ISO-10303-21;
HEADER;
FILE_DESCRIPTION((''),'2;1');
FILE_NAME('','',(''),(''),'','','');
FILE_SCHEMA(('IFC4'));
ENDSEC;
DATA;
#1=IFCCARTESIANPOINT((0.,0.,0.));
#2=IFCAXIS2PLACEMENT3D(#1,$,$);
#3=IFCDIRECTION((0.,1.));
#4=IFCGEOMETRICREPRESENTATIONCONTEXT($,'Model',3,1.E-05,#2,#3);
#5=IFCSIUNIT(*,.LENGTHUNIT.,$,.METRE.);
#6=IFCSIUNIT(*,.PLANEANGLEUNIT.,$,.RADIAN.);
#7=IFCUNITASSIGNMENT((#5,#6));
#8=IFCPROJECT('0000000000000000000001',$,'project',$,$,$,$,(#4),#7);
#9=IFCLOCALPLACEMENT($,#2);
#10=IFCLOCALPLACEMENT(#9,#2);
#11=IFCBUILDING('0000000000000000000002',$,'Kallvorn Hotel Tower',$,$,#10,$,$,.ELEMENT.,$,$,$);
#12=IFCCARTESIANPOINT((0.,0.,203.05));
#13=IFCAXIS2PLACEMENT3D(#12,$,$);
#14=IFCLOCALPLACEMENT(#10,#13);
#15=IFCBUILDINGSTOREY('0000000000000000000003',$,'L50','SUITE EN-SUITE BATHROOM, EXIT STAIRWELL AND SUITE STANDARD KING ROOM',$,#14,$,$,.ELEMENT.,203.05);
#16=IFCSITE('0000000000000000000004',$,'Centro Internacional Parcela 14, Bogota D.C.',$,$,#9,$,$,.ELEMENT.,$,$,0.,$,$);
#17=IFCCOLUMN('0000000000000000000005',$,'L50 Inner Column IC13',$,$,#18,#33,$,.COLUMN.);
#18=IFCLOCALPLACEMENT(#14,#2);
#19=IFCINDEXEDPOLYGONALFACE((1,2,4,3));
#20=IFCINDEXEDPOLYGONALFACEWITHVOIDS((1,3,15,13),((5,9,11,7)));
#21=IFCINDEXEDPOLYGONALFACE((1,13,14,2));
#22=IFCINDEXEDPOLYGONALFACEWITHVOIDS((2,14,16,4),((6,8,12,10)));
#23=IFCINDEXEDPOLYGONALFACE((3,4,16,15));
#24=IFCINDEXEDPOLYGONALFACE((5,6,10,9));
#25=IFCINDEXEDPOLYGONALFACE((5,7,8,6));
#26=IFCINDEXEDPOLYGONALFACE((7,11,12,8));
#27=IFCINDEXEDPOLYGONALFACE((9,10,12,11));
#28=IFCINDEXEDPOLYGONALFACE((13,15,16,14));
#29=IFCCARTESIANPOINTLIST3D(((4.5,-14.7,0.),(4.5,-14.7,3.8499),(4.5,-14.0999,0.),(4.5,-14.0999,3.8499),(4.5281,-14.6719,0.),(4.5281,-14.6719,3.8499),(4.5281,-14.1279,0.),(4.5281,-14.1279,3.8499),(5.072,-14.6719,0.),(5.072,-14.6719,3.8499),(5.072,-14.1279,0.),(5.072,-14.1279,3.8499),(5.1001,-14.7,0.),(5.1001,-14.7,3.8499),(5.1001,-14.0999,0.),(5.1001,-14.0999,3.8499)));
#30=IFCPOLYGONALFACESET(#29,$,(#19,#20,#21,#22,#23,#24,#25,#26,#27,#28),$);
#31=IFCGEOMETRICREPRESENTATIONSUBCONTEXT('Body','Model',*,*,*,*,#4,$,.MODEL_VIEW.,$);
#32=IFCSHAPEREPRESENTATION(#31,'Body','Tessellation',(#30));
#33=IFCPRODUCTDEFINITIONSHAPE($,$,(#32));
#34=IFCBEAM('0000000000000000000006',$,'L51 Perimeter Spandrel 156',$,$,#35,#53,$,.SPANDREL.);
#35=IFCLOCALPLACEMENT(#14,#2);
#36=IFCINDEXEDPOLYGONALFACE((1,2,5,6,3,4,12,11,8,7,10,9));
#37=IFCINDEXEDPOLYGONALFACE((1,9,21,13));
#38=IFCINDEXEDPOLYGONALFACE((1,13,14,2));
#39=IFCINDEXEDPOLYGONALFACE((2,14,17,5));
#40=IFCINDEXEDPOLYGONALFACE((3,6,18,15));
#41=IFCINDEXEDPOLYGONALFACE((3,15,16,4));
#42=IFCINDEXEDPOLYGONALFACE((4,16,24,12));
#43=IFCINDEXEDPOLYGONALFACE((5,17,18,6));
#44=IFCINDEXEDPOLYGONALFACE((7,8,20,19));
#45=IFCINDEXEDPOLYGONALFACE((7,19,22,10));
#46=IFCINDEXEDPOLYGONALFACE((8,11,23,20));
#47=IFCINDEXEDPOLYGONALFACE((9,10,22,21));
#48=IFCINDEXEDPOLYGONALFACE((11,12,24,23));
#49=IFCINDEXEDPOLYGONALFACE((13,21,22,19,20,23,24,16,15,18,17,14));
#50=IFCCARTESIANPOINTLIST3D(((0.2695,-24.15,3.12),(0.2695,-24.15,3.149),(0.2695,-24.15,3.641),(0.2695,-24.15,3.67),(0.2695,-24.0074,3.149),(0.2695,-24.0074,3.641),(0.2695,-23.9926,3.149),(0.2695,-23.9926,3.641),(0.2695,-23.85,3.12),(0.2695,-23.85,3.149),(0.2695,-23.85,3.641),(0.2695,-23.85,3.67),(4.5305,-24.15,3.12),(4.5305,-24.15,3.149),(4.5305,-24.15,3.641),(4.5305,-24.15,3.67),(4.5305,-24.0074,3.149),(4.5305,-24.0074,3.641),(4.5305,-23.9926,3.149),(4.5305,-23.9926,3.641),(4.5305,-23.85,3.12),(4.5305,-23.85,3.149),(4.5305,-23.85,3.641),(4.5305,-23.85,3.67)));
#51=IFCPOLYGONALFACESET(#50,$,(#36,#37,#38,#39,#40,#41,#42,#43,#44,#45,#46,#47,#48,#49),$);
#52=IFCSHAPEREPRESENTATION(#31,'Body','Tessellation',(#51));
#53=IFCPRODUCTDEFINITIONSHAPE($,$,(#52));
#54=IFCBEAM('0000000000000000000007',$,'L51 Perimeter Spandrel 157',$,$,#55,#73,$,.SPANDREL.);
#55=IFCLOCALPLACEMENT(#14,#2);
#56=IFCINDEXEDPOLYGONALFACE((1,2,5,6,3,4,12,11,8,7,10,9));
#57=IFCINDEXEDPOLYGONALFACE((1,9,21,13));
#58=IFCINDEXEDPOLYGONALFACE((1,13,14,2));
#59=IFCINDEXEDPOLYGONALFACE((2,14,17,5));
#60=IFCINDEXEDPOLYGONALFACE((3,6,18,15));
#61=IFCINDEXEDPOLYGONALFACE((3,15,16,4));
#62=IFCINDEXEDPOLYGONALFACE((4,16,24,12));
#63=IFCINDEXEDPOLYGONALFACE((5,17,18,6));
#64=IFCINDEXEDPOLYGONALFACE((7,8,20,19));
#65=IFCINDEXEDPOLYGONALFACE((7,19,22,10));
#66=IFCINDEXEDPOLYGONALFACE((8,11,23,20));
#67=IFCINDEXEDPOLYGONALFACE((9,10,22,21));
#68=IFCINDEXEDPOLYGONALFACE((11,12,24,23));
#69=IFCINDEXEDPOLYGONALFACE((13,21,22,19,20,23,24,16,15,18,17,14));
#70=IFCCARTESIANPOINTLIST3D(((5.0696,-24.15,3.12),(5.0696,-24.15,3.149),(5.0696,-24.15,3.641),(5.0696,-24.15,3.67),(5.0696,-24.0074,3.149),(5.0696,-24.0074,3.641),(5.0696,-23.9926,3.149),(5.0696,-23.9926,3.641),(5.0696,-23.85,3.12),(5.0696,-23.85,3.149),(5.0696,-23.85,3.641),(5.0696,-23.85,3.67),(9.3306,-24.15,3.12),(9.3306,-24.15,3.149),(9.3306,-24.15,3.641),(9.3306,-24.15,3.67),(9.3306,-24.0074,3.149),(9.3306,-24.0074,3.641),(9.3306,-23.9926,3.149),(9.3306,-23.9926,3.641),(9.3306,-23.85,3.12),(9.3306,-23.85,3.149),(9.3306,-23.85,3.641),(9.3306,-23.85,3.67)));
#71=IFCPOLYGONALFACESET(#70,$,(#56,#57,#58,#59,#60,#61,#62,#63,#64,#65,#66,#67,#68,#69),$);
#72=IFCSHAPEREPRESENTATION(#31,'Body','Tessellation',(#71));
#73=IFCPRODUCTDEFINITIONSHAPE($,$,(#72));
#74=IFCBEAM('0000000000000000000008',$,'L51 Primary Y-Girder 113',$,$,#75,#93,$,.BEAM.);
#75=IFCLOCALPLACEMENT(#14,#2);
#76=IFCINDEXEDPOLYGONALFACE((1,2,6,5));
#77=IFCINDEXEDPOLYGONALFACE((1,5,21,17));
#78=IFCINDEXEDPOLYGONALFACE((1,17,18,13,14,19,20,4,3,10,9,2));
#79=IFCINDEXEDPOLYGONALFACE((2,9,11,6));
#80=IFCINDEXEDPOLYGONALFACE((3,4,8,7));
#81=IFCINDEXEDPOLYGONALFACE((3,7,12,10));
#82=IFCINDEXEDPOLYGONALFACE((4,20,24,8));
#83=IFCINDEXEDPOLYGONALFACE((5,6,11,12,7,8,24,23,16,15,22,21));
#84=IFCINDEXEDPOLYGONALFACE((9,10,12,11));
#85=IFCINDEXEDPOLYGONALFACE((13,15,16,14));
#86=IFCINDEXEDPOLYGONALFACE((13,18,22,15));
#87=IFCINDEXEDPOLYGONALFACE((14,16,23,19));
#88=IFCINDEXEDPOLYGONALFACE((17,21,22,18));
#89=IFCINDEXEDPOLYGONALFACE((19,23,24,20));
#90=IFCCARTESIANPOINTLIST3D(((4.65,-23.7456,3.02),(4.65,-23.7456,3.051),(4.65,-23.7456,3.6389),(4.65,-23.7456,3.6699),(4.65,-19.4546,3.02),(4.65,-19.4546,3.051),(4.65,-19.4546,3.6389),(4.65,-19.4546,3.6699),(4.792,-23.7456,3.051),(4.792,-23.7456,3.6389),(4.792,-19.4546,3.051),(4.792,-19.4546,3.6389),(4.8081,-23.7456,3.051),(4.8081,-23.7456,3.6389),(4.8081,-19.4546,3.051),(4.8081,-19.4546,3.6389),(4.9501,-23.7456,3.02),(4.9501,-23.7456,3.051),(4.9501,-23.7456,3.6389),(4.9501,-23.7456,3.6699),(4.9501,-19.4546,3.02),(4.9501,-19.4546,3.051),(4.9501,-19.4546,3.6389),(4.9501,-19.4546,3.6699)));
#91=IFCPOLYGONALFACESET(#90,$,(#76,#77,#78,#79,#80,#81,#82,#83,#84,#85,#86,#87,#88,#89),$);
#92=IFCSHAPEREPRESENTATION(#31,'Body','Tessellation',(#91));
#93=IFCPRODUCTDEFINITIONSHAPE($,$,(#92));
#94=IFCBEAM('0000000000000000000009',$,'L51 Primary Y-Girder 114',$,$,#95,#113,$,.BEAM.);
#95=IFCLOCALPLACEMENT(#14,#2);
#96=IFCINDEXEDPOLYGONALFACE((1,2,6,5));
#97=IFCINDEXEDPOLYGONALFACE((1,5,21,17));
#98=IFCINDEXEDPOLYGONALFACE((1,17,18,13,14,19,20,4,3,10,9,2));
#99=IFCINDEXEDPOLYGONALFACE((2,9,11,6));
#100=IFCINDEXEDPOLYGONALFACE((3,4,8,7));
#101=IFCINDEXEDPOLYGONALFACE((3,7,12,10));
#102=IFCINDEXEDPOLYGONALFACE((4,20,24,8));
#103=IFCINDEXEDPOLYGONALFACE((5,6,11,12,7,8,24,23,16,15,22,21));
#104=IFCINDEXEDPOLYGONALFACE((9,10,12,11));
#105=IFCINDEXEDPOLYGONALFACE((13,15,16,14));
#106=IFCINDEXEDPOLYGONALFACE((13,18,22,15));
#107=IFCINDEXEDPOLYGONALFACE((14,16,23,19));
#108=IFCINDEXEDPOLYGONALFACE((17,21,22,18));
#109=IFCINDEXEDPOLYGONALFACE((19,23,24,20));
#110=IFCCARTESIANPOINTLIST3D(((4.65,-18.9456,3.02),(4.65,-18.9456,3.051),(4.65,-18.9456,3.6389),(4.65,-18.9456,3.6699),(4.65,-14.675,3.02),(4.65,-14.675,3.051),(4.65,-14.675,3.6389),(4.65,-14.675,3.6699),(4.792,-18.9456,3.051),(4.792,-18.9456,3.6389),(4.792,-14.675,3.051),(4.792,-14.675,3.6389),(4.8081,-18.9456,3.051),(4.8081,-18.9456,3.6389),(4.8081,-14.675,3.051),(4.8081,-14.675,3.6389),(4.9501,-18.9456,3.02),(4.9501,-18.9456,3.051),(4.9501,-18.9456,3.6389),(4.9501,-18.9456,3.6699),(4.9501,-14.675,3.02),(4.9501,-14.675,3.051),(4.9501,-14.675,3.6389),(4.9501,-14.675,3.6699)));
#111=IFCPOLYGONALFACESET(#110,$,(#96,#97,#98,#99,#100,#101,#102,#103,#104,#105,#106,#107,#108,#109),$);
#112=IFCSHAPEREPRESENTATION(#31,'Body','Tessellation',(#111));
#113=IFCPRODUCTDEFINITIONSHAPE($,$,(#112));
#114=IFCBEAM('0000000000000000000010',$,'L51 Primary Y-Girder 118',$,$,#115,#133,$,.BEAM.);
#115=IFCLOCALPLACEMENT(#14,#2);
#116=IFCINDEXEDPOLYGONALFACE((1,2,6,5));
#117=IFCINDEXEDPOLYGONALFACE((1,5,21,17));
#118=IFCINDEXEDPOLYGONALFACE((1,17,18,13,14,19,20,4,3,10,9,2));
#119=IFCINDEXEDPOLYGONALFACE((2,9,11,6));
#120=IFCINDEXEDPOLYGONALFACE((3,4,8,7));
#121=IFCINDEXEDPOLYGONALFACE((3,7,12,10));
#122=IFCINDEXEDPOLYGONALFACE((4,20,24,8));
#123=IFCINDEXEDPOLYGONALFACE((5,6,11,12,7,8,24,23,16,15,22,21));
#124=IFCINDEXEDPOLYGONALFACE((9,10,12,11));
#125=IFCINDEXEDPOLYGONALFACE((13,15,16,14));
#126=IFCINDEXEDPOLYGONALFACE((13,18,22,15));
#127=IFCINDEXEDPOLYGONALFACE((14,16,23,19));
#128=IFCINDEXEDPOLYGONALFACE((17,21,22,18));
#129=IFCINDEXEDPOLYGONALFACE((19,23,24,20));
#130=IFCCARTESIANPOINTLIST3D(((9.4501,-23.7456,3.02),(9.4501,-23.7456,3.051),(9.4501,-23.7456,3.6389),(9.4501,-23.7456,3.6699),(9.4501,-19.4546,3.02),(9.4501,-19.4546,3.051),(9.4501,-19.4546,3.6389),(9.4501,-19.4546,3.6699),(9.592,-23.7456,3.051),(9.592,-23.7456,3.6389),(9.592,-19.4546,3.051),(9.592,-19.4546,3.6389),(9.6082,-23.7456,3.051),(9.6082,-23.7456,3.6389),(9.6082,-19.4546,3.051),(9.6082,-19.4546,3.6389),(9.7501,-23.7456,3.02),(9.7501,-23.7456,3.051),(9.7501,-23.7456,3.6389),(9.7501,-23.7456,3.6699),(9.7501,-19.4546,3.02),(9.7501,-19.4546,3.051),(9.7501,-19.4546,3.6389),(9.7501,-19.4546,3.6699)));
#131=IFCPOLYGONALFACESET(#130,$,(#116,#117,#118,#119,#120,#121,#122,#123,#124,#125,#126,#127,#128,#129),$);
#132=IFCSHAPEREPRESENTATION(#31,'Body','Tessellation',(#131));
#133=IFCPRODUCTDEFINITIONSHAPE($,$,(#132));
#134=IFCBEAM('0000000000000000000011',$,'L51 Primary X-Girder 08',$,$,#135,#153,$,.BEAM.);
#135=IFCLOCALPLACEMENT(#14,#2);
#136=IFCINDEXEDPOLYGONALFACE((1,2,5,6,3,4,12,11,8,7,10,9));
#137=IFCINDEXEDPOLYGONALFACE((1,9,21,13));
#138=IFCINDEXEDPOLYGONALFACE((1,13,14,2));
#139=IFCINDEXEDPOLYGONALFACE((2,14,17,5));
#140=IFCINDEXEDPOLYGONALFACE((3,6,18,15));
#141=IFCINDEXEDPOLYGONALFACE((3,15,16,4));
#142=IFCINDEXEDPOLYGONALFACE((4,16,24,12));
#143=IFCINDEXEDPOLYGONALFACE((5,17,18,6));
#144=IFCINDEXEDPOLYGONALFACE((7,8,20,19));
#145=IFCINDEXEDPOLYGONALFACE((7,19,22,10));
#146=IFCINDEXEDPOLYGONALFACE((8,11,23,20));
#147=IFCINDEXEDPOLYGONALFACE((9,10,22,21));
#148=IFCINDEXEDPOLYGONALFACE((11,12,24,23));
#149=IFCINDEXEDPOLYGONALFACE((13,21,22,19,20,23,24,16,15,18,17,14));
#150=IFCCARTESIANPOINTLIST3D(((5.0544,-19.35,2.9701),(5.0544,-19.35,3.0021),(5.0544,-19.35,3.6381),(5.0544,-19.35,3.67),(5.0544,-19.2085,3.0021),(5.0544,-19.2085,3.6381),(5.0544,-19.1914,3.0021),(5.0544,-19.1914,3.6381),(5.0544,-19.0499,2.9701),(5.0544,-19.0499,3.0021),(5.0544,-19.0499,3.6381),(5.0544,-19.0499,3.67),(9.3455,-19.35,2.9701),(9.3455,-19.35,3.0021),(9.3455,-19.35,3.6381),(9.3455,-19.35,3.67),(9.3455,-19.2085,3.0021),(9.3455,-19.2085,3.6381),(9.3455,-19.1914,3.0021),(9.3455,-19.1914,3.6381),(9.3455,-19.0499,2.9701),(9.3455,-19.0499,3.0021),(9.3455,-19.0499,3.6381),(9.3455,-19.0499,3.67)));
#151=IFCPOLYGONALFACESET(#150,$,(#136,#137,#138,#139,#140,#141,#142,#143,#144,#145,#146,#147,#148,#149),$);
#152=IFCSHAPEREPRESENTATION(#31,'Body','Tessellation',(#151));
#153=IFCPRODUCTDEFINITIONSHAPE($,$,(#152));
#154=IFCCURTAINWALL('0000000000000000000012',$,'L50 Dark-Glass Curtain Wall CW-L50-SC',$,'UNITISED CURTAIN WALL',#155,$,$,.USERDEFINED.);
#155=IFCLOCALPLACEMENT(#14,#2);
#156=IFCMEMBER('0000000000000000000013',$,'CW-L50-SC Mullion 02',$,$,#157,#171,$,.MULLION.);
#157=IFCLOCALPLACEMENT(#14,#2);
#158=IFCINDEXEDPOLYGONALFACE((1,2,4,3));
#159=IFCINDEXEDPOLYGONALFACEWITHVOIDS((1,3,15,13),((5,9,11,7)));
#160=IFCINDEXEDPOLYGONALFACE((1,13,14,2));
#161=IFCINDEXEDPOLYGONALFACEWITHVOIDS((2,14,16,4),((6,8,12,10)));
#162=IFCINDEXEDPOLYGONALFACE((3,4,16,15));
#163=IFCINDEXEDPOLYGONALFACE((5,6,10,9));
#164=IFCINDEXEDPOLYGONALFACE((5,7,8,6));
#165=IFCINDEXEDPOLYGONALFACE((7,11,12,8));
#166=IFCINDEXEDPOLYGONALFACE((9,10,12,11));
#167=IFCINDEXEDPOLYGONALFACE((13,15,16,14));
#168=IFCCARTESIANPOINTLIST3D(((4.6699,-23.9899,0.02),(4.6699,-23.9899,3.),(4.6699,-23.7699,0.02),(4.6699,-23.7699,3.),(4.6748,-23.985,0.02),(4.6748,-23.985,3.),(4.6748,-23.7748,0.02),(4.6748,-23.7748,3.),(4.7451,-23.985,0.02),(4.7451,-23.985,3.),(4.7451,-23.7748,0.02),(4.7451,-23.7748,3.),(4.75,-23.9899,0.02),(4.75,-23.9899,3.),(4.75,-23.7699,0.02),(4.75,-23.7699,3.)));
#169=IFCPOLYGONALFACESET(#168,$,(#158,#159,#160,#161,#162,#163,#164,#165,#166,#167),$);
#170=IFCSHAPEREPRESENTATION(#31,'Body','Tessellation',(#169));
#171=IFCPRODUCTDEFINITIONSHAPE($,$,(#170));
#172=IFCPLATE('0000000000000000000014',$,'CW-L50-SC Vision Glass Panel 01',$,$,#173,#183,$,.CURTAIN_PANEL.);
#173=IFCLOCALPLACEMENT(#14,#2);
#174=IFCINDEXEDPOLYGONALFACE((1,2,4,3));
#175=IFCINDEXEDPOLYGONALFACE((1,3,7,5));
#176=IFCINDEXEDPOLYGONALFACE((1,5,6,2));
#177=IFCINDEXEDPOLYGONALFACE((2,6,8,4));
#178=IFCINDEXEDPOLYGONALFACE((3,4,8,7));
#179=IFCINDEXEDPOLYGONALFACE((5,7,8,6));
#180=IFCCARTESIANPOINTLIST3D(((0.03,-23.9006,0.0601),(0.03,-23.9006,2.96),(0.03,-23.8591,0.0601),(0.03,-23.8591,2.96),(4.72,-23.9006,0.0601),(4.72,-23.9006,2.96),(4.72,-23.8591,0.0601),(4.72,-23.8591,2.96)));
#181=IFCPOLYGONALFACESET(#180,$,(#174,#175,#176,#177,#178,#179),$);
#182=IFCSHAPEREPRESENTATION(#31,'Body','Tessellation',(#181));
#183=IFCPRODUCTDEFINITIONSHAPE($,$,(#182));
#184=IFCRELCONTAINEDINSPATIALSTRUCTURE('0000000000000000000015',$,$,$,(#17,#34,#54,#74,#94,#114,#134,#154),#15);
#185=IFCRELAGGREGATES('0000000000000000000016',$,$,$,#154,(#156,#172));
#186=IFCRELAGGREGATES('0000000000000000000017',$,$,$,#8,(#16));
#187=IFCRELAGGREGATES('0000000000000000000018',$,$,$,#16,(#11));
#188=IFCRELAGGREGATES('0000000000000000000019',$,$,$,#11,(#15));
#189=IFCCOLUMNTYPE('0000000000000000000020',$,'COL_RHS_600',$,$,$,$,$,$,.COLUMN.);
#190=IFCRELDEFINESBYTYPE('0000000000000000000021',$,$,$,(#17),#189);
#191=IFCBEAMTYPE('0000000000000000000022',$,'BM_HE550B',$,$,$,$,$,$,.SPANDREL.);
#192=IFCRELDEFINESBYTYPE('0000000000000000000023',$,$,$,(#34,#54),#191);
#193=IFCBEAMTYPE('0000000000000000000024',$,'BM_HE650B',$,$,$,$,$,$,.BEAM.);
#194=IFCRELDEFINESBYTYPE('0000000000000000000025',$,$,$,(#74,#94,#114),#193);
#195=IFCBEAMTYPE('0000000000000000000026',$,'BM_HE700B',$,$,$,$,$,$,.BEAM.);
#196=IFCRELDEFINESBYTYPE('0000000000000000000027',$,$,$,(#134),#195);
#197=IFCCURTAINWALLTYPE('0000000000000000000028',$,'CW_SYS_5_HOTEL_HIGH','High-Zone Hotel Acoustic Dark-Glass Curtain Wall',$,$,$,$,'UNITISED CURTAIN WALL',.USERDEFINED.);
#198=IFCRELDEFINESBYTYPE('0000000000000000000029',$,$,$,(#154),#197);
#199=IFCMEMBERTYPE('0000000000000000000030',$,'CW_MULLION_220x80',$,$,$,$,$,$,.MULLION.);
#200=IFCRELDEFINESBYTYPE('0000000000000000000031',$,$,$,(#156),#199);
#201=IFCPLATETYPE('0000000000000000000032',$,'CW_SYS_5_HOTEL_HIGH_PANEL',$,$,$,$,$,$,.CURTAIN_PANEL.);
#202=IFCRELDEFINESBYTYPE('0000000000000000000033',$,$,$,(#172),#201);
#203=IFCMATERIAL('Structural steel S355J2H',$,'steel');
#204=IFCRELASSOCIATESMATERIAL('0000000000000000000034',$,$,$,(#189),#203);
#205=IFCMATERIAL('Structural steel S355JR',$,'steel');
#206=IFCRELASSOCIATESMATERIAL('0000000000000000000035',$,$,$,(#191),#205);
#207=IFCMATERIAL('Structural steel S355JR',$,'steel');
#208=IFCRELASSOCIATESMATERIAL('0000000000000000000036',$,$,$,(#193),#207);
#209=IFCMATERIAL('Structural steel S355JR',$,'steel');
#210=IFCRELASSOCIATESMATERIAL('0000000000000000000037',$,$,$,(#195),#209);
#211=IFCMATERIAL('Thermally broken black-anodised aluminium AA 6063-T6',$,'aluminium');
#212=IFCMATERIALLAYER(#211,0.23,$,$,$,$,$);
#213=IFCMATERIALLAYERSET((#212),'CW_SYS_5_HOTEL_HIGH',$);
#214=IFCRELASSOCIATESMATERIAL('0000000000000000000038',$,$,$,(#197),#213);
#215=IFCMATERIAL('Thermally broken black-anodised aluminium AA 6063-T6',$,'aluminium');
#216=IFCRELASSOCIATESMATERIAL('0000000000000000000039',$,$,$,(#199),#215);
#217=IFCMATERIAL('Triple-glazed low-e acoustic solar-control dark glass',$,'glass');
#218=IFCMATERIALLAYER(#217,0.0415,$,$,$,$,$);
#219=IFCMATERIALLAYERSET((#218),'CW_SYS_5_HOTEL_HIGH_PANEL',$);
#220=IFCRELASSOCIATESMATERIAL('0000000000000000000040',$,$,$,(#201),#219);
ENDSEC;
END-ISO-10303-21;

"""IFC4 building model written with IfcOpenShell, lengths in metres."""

from ifc_helpers import new_model, si_unit, direction, frame, origin, origin_2d, place, context, subcontext, project, spatial, rectangle, hollow_rectangle, i_section, extrude, material, layer, layer_set, material_profile, profile_set, type_object, element, aggregate, save


model = new_model("IFC4")

# Units and contexts
model_context = context("Model", 3, precision=1e-05, world=origin(), true_north=direction((0.0, 1.0)))
body_context = subcontext(model_context, "Body", "Model", "MODEL_VIEW")
ifc_project = project(units=[si_unit("LENGTHUNIT", "METRE"), si_unit("PLANEANGLEUNIT", "RADIAN")], contexts=[model_context])

# Site, building, storey
site_placement = place(None, origin())
site = spatial("IfcSite", under=ifc_project, at=site_placement, Name="Centro Internacional Parcela 14, Bogota D.C.", CompositionType="ELEMENT", RefElevation=0.0)
building_placement = place(site_placement, origin())
building = spatial("IfcBuilding", under=site, at=building_placement, Name="Kallvorn Hotel Tower", CompositionType="ELEMENT")
storey_placement = place(building_placement, frame((0.0, 0.0, 203.05)))
storey = spatial("IfcBuildingStorey", under=building, at=storey_placement, Name="L50", Description="SUITE EN-SUITE BATHROOM, EXIT STAIRWELL AND SUITE STANDARD KING ROOM", CompositionType="ELEMENT", Elevation=203.05)

# Column
ifc_material_1 = material(Name="Structural steel S355J2H", Category="steel")
ifc_material_profile_1 = material_profile(ifc_material_1, hollow_rectangle(XDim=0.6001, YDim=0.6001, WallThickness=0.0281, at=origin_2d()), Name="RHS 600x600x28")
ifc_profile_set_1 = profile_set([ifc_material_profile_1], Name="Structural steel S355J2H")
column_type_1 = type_object("IfcColumnType", Name="COL_RHS_600", PredefinedType="COLUMN", material=ifc_profile_set_1)
column_placement = place(storey_placement, frame((4.8, -14.3999, 0.0), z_axis=(0.0, 0.0, 1.0), x_axis=(1.0, 0.0, 0.0)))
element("IfcColumn", 1, at=column_placement, inside=storey, type_object=column_type_1, Name="L50 Inner Column IC13", PredefinedType="COLUMN", context=body_context, shape_type="SweptSolid", body=[
    extrude(hollow_rectangle(XDim=0.6001, YDim=0.6001, WallThickness=0.0281, at=origin_2d()), origin(), (0.0, 0.0, 1.0), 3.8499),
])

# Beams
ifc_material_2 = material(Name="Structural steel S355JR", Category="steel")
ifc_material_profile_2 = material_profile(ifc_material_2, i_section(OverallWidth=0.3, OverallDepth=0.55, WebThickness=0.0149, FlangeThickness=0.0291, at=origin_2d()), Name="HE 550 B")
ifc_profile_set_2 = profile_set([ifc_material_profile_2], Name="Structural steel S355JR")
beam_type_1 = type_object("IfcBeamType", Name="BM_HE550B", PredefinedType="SPANDREL", material=ifc_profile_set_2)
for number, where, z_axis, x_axis, name in (
    (2, (0.2695, -24.0, 3.395), (1.0, 0.0, 0.0), (0.0, 1.0, 0.0), "L51 Perimeter Spandrel 156"),
    (3, (5.0696, -24.0, 3.395), (1.0, 0.0, 0.0), (0.0, 1.0, 0.0), "L51 Perimeter Spandrel 157"),
):
    element("IfcBeam", number, at=place(storey_placement, frame(where, z_axis=z_axis, x_axis=x_axis)), inside=storey, type_object=beam_type_1, Name=name, PredefinedType="SPANDREL", context=body_context, shape_type="SweptSolid", body=[
        extrude(i_section(OverallWidth=0.3, OverallDepth=0.55, WebThickness=0.0149, FlangeThickness=0.0291, at=origin_2d()), origin(), (0.0, 0.0, 1.0), 4.261),
    ])
ifc_material_3 = material(Name="Structural steel S355JR", Category="steel")
ifc_material_profile_3 = material_profile(ifc_material_3, i_section(OverallWidth=0.3, OverallDepth=0.6499, WebThickness=0.0161, FlangeThickness=0.031, at=origin_2d()), Name="HE 650 B")
ifc_profile_set_3 = profile_set([ifc_material_profile_3], Name="Structural steel S355JR")
beam_type_2 = type_object("IfcBeamType", Name="BM_HE650B", PredefinedType="BEAM", material=ifc_profile_set_3)
beam_1_placement = place(storey_placement, frame((4.8, -23.7456, 3.345), z_axis=(0.0, 1.0, 0.0), x_axis=(-1.0, 0.0, 0.0)))
element("IfcBeam", 4, at=beam_1_placement, inside=storey, type_object=beam_type_2, Name="L51 Primary Y-Girder 113", PredefinedType="BEAM", context=body_context, shape_type="SweptSolid", body=[
    extrude(i_section(OverallWidth=0.3, OverallDepth=0.6499, WebThickness=0.0161, FlangeThickness=0.031, at=origin_2d()), origin(), (0.0, 0.0, 1.0), 4.291),
])
beam_2_placement = place(storey_placement, frame((4.8, -18.9456, 3.345), z_axis=(0.0, 1.0, 0.0), x_axis=(-1.0, 0.0, 0.0)))
element("IfcBeam", 5, at=beam_2_placement, inside=storey, type_object=beam_type_2, Name="L51 Primary Y-Girder 114", PredefinedType="BEAM", context=body_context, shape_type="SweptSolid", body=[
    extrude(i_section(OverallWidth=0.3, OverallDepth=0.6499, WebThickness=0.0161, FlangeThickness=0.031, at=origin_2d()), origin(), (0.0, 0.0, 1.0), 4.2705),
])
beam_3_placement = place(storey_placement, frame((9.6001, -23.7456, 3.345), z_axis=(0.0, 1.0, 0.0), x_axis=(-1.0, 0.0, 0.0)))
element("IfcBeam", 6, at=beam_3_placement, inside=storey, type_object=beam_type_2, Name="L51 Primary Y-Girder 118", PredefinedType="BEAM", context=body_context, shape_type="SweptSolid", body=[
    extrude(i_section(OverallWidth=0.3, OverallDepth=0.6499, WebThickness=0.0161, FlangeThickness=0.031, at=origin_2d()), origin(), (0.0, 0.0, 1.0), 4.291),
])
ifc_material_4 = material(Name="Structural steel S355JR", Category="steel")
ifc_material_profile_4 = material_profile(ifc_material_4, i_section(OverallWidth=0.3, OverallDepth=0.7, WebThickness=0.0171, FlangeThickness=0.032, at=origin_2d()), Name="HE 700 B")
ifc_profile_set_4 = profile_set([ifc_material_profile_4], Name="Structural steel S355JR")
beam_type_3 = type_object("IfcBeamType", Name="BM_HE700B", PredefinedType="BEAM", material=ifc_profile_set_4)
beam_4_placement = place(storey_placement, frame((5.0544, -19.2, 3.3201), z_axis=(1.0, 0.0, 0.0), x_axis=(0.0, 1.0, 0.0)))
element("IfcBeam", 7, at=beam_4_placement, inside=storey, type_object=beam_type_3, Name="L51 Primary X-Girder 08", PredefinedType="BEAM", context=body_context, shape_type="SweptSolid", body=[
    extrude(i_section(OverallWidth=0.3, OverallDepth=0.7, WebThickness=0.0171, FlangeThickness=0.032, at=origin_2d()), origin(), (0.0, 0.0, 1.0), 4.291),
])

# Curtain wall, member, plate
ifc_material_5 = material(Name="Thermally broken black-anodised aluminium AA 6063-T6", Category="aluminium")
ifc_layer_1 = layer(ifc_material_5, 0.23)
ifc_layer_set_1 = layer_set([ifc_layer_1], Name="CW_SYS_5_HOTEL_HIGH")
curtain_wall_type = type_object("IfcCurtainWallType", Name="CW_SYS_5_HOTEL_HIGH", Description="High-Zone Hotel Acoustic Dark-Glass Curtain Wall", ElementType="UNITISED CURTAIN WALL", PredefinedType="USERDEFINED", material=ifc_layer_set_1)
curtain_wall_placement = place(storey_placement, origin())
curtain_wall = element("IfcCurtainWall", 8, at=curtain_wall_placement, inside=storey, type_object=curtain_wall_type, Name="L50 Dark-Glass Curtain Wall CW-L50-SC", ObjectType="UNITISED CURTAIN WALL", PredefinedType="USERDEFINED")
ifc_material_6 = material(Name="Thermally broken black-anodised aluminium AA 6063-T6", Category="aluminium")
ifc_material_profile_5 = material_profile(ifc_material_6, hollow_rectangle(XDim=0.0801, YDim=0.22, WallThickness=0.0049, at=origin_2d()), Name="MUL 220x80")
ifc_profile_set_5 = profile_set([ifc_material_profile_5], Name="Thermally broken black-anodised aluminium AA 6063-T6")
member_type = type_object("IfcMemberType", Name="CW_MULLION_220x80", PredefinedType="MULLION", material=ifc_profile_set_5)
member_placement = place(storey_placement, frame((4.71, -23.8799, 0.02), z_axis=(0.0, 0.0, 1.0), x_axis=(1.0, 0.0, 0.0)))
member = element("IfcMember", 9, at=member_placement, type_object=member_type, Name="CW-L50-SC Mullion 02", PredefinedType="MULLION", context=body_context, shape_type="SweptSolid", body=[
    extrude(hollow_rectangle(XDim=0.0801, YDim=0.22, WallThickness=0.0049, at=origin_2d()), origin(), (0.0, 0.0, 1.0), 2.98),
])
ifc_material_7 = material(Name="Triple-glazed low-e acoustic solar-control dark glass", Category="glass")
ifc_layer_2 = layer(ifc_material_7, 0.0415)
ifc_layer_set_2 = layer_set([ifc_layer_2], Name="CW_SYS_5_HOTEL_HIGH_PANEL")
plate_type = type_object("IfcPlateType", Name="CW_SYS_5_HOTEL_HIGH_PANEL", PredefinedType="CURTAIN_PANEL", material=ifc_layer_set_2)
plate_placement = place(storey_placement, frame((2.375, -23.8799, 0.0601), z_axis=(0.0, 0.0, 1.0), x_axis=(1.0, 0.0, 0.0)))
plate = element("IfcPlate", 10, at=plate_placement, type_object=plate_type, Name="CW-L50-SC Vision Glass Panel 01", PredefinedType="CURTAIN_PANEL", context=body_context, shape_type="SweptSolid", body=[
    extrude(rectangle(XDim=4.6899, YDim=0.0415, at=origin_2d()), origin(), (0.0, 0.0, 1.0), 2.8999),
])
aggregate(curtain_wall, [member, plate])

save(model, "model.ifc")
